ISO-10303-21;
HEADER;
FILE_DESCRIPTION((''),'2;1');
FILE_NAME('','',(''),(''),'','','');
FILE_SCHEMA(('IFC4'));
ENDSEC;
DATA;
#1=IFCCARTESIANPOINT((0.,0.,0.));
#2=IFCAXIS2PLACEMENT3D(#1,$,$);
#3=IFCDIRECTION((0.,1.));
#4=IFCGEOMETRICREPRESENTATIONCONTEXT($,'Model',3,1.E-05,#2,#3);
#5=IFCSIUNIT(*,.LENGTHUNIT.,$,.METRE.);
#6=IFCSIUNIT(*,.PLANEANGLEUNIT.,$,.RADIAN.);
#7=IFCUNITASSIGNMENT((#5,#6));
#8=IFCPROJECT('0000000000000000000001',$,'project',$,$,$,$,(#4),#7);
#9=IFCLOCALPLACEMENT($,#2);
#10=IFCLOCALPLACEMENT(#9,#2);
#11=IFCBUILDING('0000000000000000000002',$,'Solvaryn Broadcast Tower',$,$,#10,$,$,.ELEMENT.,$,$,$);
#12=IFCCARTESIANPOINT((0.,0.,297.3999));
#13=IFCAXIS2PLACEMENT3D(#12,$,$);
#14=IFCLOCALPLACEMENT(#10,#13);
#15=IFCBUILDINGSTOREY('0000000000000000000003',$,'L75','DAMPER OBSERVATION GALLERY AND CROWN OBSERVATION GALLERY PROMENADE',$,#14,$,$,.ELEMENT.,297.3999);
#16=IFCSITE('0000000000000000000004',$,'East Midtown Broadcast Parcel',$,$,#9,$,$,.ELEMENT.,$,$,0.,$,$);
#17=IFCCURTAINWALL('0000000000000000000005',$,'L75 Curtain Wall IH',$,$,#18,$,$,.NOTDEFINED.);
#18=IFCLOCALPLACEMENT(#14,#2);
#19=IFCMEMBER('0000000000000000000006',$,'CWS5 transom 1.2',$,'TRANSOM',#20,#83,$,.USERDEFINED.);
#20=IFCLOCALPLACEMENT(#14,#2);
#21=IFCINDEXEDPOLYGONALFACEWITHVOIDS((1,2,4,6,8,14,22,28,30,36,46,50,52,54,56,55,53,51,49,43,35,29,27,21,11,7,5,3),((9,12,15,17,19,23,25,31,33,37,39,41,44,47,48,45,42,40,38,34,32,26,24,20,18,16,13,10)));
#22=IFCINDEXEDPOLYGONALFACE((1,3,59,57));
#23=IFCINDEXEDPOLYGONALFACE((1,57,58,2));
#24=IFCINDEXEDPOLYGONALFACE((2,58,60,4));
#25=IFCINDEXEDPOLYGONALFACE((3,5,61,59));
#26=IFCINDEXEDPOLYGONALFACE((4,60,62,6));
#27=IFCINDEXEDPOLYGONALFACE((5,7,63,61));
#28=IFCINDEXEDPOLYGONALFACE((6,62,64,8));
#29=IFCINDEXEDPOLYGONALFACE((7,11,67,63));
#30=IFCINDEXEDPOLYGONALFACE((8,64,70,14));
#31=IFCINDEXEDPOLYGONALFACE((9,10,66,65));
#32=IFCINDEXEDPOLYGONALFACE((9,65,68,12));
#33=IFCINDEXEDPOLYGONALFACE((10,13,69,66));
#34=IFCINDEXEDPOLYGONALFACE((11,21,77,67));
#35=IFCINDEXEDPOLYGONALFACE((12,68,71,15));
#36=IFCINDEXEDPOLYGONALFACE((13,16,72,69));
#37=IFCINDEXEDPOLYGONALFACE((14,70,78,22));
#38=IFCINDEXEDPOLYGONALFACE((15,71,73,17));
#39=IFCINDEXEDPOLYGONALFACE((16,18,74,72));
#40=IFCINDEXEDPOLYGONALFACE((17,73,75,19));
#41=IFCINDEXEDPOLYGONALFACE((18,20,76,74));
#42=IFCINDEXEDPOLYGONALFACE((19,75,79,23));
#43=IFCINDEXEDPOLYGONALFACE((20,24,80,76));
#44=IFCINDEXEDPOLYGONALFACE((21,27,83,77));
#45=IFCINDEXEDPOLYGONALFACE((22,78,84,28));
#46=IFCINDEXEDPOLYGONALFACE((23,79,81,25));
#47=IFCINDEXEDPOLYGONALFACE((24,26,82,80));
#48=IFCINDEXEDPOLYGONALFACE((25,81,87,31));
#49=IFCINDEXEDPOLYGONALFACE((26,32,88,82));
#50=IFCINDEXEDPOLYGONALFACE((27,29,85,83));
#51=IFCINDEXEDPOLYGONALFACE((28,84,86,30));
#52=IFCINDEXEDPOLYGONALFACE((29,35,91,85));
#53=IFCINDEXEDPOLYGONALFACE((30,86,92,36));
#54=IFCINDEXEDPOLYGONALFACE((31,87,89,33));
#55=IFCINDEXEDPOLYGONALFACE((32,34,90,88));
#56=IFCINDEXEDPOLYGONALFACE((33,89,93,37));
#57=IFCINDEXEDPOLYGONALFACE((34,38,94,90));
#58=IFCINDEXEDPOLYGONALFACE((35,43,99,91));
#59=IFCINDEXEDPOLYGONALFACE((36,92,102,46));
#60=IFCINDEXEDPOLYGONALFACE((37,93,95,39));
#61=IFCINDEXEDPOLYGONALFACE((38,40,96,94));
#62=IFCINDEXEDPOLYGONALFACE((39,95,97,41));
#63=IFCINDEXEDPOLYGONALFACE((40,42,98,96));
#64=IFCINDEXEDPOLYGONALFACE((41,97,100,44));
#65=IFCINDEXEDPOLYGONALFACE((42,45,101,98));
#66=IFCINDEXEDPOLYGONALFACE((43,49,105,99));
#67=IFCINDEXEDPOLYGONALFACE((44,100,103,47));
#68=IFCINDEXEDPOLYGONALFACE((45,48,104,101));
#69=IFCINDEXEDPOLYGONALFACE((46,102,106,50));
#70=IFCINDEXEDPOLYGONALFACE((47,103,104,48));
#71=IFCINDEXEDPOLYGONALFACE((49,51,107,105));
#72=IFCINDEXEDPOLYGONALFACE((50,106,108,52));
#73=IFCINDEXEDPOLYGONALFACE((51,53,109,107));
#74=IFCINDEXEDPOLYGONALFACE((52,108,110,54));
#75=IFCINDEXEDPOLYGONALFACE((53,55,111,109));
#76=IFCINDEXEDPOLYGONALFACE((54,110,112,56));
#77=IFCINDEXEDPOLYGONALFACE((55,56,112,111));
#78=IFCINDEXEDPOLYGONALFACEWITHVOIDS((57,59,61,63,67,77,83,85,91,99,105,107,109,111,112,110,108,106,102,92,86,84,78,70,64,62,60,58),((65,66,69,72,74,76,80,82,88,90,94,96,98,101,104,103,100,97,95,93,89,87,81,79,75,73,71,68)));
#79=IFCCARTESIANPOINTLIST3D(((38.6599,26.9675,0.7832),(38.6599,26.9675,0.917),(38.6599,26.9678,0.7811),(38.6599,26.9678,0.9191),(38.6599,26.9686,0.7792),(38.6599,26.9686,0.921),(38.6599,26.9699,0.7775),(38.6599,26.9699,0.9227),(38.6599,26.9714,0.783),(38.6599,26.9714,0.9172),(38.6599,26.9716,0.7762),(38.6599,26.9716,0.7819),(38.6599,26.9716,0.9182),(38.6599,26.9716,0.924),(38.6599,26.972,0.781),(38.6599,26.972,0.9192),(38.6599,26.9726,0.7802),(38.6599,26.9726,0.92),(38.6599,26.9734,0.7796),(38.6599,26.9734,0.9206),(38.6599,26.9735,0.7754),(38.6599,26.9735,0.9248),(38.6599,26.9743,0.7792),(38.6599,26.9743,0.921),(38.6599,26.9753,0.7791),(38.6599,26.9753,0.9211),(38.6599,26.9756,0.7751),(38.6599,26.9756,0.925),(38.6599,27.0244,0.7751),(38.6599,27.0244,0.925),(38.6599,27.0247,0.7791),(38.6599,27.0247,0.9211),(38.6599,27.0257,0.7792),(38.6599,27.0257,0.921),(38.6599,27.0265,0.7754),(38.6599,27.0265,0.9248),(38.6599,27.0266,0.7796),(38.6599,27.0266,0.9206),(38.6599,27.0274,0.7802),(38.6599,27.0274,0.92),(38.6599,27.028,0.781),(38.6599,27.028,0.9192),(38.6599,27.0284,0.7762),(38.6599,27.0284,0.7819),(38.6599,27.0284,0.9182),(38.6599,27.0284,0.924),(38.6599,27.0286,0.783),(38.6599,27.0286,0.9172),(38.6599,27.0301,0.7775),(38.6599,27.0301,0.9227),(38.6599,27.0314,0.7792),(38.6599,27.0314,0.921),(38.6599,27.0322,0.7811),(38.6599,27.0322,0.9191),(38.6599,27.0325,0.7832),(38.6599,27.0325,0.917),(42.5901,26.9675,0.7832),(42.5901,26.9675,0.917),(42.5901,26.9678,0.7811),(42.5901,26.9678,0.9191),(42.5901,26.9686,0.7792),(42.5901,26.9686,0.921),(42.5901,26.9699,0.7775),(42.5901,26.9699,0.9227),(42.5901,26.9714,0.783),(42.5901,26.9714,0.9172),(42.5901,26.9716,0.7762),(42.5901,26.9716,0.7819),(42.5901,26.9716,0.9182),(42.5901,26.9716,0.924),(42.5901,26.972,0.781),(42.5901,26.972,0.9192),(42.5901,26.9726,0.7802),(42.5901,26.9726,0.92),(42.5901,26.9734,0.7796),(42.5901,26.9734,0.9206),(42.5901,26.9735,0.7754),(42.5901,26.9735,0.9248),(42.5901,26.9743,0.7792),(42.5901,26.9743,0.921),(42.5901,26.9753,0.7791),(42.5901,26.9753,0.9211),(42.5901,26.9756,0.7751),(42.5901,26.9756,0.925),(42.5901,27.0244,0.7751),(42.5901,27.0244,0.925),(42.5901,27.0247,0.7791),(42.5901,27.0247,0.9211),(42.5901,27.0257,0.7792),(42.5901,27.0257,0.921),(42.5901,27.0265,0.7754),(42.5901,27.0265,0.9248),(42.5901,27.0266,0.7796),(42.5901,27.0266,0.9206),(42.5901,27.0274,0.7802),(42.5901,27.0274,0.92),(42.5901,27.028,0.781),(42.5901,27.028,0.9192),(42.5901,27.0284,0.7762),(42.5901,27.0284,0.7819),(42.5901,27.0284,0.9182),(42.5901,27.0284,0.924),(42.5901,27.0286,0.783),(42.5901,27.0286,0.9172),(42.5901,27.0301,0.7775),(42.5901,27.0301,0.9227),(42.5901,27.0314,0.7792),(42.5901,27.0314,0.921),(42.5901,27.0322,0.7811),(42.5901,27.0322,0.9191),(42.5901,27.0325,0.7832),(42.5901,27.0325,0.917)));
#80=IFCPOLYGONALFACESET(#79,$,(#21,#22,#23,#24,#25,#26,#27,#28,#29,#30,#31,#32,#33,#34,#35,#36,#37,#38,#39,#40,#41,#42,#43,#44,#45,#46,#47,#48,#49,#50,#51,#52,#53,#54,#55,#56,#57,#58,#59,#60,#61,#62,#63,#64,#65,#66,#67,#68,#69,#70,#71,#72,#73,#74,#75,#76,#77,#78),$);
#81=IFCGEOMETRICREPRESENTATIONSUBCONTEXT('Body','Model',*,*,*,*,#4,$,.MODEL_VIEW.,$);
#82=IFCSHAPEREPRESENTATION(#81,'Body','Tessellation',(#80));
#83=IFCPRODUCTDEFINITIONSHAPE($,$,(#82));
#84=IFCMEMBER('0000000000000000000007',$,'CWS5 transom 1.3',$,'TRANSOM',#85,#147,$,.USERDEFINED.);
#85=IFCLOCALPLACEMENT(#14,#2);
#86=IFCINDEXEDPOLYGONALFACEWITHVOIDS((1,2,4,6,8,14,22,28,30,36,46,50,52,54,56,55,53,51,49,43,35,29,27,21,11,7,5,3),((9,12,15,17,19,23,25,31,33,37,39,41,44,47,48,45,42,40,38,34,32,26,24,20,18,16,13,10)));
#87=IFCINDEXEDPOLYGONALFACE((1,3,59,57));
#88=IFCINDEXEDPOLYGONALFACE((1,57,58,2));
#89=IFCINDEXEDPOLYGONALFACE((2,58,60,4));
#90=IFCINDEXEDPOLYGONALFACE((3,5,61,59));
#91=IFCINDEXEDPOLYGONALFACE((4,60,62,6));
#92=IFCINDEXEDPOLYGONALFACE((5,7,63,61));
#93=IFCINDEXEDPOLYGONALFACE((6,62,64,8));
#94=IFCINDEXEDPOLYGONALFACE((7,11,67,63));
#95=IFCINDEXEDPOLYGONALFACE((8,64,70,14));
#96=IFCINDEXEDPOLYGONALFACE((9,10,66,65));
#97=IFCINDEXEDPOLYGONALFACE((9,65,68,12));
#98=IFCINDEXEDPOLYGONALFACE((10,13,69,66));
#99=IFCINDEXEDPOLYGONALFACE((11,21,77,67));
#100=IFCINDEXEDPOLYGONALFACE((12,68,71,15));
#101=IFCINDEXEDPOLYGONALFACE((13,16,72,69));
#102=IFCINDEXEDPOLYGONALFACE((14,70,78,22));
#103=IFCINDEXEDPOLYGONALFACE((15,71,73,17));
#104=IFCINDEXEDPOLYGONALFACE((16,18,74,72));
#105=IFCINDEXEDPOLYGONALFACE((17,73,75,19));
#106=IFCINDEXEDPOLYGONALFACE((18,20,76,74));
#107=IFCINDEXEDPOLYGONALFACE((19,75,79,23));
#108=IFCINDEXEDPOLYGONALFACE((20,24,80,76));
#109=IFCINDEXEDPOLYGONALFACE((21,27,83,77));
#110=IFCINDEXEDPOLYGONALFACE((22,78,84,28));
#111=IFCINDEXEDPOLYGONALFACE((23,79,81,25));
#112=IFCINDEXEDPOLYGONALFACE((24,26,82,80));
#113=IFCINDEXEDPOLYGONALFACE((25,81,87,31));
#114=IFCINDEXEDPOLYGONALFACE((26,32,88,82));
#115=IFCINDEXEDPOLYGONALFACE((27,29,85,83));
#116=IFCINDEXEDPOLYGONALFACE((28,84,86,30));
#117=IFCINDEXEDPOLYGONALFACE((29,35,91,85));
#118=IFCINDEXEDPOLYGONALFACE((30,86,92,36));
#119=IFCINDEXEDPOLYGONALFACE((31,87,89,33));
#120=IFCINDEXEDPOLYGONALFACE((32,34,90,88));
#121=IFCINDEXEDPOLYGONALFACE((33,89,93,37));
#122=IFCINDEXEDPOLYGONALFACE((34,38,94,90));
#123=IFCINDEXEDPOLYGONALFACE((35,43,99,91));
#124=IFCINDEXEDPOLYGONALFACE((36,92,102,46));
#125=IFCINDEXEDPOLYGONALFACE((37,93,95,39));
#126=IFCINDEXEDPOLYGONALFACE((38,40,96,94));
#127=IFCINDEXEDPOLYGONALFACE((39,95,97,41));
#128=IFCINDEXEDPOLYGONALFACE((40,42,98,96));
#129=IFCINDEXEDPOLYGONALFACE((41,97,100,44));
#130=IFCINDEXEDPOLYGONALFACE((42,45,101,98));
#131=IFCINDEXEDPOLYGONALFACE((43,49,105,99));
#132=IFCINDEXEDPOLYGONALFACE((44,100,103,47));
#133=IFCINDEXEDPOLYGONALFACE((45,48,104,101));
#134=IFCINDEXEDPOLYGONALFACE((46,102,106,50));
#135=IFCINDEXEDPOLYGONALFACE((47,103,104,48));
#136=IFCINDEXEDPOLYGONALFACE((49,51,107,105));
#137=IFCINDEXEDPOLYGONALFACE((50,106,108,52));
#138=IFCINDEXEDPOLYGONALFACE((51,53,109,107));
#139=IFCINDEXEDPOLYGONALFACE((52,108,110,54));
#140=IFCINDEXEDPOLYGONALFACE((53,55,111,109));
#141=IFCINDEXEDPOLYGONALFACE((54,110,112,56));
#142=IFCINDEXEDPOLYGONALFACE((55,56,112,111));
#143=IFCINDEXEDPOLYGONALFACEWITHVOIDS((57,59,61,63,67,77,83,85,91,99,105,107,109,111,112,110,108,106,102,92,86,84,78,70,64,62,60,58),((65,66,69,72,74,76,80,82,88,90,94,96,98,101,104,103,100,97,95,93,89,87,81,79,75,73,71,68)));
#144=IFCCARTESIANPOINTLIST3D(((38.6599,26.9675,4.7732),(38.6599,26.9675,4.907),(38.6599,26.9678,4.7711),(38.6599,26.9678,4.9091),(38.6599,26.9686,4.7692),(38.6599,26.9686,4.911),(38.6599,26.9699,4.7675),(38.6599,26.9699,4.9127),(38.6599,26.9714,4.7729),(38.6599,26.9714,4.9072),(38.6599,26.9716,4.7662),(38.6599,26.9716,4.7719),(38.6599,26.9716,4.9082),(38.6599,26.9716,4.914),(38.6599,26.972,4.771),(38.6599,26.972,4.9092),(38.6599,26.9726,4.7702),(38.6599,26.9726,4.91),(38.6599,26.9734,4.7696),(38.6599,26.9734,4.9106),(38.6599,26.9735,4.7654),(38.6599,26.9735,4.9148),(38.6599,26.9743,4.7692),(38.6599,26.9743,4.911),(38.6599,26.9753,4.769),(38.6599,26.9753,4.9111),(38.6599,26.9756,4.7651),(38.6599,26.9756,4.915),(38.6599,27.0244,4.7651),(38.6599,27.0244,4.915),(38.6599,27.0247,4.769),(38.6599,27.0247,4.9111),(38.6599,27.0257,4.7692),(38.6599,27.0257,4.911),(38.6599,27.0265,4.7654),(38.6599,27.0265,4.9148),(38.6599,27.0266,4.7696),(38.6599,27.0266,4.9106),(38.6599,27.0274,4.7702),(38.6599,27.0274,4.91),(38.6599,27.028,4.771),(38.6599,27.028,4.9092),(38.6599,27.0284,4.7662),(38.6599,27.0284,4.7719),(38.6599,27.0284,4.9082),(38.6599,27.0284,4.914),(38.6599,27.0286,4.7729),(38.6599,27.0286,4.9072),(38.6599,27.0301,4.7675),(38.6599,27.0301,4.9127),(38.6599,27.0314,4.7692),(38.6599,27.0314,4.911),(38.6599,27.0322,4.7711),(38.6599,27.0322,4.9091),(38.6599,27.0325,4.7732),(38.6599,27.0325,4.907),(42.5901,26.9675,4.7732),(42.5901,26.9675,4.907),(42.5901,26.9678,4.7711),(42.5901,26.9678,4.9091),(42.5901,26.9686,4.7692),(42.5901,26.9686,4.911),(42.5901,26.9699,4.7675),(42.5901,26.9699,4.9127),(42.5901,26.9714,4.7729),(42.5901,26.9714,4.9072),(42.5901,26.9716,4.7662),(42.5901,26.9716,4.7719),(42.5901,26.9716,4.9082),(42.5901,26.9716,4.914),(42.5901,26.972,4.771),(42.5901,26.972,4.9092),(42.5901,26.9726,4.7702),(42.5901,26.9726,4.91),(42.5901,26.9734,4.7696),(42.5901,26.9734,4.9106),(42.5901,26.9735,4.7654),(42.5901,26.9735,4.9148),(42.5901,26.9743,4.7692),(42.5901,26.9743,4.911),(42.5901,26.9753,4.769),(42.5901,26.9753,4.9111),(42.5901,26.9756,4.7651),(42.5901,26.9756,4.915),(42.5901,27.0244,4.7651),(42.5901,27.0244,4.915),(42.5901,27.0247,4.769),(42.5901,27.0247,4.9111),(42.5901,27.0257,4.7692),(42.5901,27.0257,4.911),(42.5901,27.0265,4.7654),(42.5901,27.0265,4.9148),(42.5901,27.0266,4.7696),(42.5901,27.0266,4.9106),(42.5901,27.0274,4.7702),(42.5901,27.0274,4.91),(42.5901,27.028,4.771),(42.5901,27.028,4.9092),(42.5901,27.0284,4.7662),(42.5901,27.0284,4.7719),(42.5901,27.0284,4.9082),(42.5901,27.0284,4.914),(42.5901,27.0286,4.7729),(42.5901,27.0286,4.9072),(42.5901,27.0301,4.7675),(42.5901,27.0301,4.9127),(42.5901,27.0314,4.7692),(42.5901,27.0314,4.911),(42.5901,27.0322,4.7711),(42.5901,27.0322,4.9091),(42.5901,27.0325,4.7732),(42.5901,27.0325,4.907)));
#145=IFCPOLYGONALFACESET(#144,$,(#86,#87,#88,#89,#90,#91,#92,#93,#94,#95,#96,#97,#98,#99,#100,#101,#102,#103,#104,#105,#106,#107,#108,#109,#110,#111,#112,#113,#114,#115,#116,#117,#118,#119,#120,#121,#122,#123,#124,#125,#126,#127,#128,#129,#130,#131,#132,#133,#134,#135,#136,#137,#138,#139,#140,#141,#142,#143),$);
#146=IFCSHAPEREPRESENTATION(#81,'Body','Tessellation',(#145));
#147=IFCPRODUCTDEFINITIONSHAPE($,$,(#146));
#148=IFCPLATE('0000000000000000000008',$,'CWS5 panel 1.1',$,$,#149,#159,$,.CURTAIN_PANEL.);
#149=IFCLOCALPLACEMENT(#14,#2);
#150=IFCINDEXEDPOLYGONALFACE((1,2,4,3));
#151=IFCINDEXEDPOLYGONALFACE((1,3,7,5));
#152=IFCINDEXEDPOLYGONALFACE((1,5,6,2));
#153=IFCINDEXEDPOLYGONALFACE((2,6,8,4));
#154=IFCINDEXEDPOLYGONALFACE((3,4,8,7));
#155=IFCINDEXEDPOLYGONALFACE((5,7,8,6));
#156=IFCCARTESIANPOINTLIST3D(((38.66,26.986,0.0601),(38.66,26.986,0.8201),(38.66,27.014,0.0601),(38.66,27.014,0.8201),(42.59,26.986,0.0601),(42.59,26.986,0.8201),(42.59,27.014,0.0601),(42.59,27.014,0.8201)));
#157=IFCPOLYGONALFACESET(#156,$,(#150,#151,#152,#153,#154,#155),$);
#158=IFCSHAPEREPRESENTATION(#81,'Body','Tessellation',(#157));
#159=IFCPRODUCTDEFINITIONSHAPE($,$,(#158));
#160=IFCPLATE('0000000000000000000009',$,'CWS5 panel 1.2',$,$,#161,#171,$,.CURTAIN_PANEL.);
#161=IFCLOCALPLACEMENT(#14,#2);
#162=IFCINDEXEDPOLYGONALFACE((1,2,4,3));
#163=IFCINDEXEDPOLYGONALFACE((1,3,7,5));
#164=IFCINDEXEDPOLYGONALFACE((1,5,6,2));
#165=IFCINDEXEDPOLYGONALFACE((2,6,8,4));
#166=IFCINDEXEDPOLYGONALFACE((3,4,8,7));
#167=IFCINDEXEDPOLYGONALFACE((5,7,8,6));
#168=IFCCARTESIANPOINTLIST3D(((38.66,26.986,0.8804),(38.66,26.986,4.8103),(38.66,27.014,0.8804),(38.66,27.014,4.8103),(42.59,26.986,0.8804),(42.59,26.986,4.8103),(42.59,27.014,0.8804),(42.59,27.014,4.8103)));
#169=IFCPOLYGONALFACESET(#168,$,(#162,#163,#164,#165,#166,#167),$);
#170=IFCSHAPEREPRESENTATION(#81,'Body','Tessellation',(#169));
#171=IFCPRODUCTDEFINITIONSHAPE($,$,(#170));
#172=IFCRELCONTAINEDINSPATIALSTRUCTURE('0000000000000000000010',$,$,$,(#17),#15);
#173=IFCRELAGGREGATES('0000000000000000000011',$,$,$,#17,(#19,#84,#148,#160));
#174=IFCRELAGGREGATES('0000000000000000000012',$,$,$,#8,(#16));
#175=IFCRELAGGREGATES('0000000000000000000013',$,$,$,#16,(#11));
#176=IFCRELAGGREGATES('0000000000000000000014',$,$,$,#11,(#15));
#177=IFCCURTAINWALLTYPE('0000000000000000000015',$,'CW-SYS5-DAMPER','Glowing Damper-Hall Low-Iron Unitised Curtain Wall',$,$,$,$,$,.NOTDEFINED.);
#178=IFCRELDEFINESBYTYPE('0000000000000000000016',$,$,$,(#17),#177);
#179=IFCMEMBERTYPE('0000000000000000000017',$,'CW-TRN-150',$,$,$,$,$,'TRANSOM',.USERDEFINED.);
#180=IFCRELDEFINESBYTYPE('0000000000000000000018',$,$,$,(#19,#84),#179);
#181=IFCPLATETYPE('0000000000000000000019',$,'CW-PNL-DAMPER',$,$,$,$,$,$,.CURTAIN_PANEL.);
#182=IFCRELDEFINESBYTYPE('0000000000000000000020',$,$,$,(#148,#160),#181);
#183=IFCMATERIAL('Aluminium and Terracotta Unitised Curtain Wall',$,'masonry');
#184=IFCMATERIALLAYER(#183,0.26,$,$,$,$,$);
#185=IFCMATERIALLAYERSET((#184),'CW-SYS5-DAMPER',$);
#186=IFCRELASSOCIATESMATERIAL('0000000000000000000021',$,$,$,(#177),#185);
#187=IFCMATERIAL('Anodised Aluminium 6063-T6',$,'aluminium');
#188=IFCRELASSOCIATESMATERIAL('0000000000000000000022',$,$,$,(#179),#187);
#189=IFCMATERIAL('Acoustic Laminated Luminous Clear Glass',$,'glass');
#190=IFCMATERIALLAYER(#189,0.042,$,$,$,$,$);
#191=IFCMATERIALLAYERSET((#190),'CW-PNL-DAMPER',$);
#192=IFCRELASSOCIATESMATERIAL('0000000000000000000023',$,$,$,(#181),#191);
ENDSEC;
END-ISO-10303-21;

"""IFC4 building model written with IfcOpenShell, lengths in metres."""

from ifc_helpers import new_model, si_unit, direction, frame, origin, origin_2d, place, context, subcontext, project, spatial, rectangle, hollow_rectangle, extrude, material, layer, layer_set, material_profile, profile_set, type_object, element, aggregate, save


model = new_model("IFC4")

# Units and contexts
model_context = context("Model", 3, precision=1e-05, world=origin(), true_north=direction((0.0, 1.0)))
body_context = subcontext(model_context, "Body", "Model", "MODEL_VIEW")
ifc_project = project(units=[si_unit("LENGTHUNIT", "METRE"), si_unit("PLANEANGLEUNIT", "RADIAN")], contexts=[model_context])

# Site, building, storey
site_placement = place(None, origin())
site = spatial("IfcSite", under=ifc_project, at=site_placement, Name="East Midtown Broadcast Parcel", CompositionType="ELEMENT", RefElevation=0.0)
building_placement = place(site_placement, origin())
building = spatial("IfcBuilding", under=site, at=building_placement, Name="Solvaryn Broadcast Tower", CompositionType="ELEMENT")
storey_placement = place(building_placement, frame((0.0, 0.0, 297.3999)))
storey = spatial("IfcBuildingStorey", under=building, at=storey_placement, Name="L75", Description="DAMPER OBSERVATION GALLERY AND CROWN OBSERVATION GALLERY PROMENADE", CompositionType="ELEMENT", Elevation=297.3999)

# Shared definitions
ifc_material_1 = material(Name="Aluminium and Terracotta Unitised Curtain Wall", Category="masonry")
ifc_layer_1 = layer(ifc_material_1, 0.26)
ifc_layer_set_1 = layer_set([ifc_layer_1], Name="CW-SYS5-DAMPER")
curtain_wall_type = type_object("IfcCurtainWallType", Name="CW-SYS5-DAMPER", Description="Glowing Damper-Hall Low-Iron Unitised Curtain Wall", PredefinedType="NOTDEFINED", material=ifc_layer_set_1)

# Curtain wall
curtain_wall_1_placement = place(storey_placement, origin())
curtain_wall_1 = element("IfcCurtainWall", 1, at=curtain_wall_1_placement, inside=storey, type_object=curtain_wall_type, Name="L75 Curtain Wall IH", PredefinedType="NOTDEFINED")

# Members
ifc_material_2 = material(Name="Anodised Aluminium 6063-T6", Category="aluminium")
ifc_material_profile_1 = material_profile(ifc_material_2, hollow_rectangle(XDim=0.0649, YDim=0.1499, WallThickness=0.0039, InnerFilletRadius=0.0039, OuterFilletRadius=0.0081, at=origin_2d()))
ifc_profile_set_1 = profile_set([ifc_material_profile_1], Name="Anodised Aluminium 6063-T6")
member_type_1 = type_object("IfcMemberType", Name="CW-TRN-150", ElementType="TRANSOM", PredefinedType="USERDEFINED", material=ifc_profile_set_1)
member_1_placement = place(storey_placement, frame((38.6599, 27.0, 0.8501), z_axis=(1.0, 0.0, 0.0), x_axis=(0.0, 1.0, 0.0)))
member_1 = element("IfcMember", 2, at=member_1_placement, type_object=member_type_1, Name="CWS5 transom 1.2", ObjectType="TRANSOM", PredefinedType="USERDEFINED", context=body_context, shape_type="SweptSolid", body=[
    extrude(hollow_rectangle(XDim=0.0649, YDim=0.1499, WallThickness=0.0039, InnerFilletRadius=0.0039, OuterFilletRadius=0.0081, at=origin_2d()), origin(), (0.0, 0.0, 1.0), 3.9302),
])
member_2_placement = place(storey_placement, frame((38.6599, 27.0, 4.8401), z_axis=(1.0, 0.0, 0.0), x_axis=(0.0, 1.0, 0.0)))
member_2 = element("IfcMember", 3, at=member_2_placement, type_object=member_type_1, Name="CWS5 transom 1.3", ObjectType="TRANSOM", PredefinedType="USERDEFINED", context=body_context, shape_type="SweptSolid", body=[
    extrude(hollow_rectangle(XDim=0.0649, YDim=0.1499, WallThickness=0.0039, InnerFilletRadius=0.0039, OuterFilletRadius=0.0081, at=origin_2d()), origin(), (0.0, 0.0, 1.0), 3.9302),
])

# Plates
ifc_material_3 = material(Name="Acoustic Laminated Luminous Clear Glass", Category="glass")
ifc_layer_2 = layer(ifc_material_3, 0.042)
ifc_layer_set_2 = layer_set([ifc_layer_2], Name="CW-PNL-DAMPER")
plate_type = type_object("IfcPlateType", Name="CW-PNL-DAMPER", PredefinedType="CURTAIN_PANEL", material=ifc_layer_set_2)
plate_1_placement = place(storey_placement, frame((40.625, 27.0, 0.0601), z_axis=(0.0, 0.0, 1.0), x_axis=(1.0, 0.0, 0.0)))
plate_1 = element("IfcPlate", 4, at=plate_1_placement, type_object=plate_type, Name="CWS5 panel 1.1", PredefinedType="CURTAIN_PANEL", context=body_context, shape_type="SweptSolid", body=[
    extrude(rectangle(XDim=3.9299, YDim=0.0281, at=origin_2d()), origin(), (0.0, 0.0, 1.0), 0.76),
])
plate_2_placement = place(storey_placement, frame((40.625, 27.0, 0.8804), z_axis=(0.0, 0.0, 1.0), x_axis=(1.0, 0.0, 0.0)))
plate_2 = element("IfcPlate", 5, at=plate_2_placement, type_object=plate_type, Name="CWS5 panel 1.2", PredefinedType="CURTAIN_PANEL", context=body_context, shape_type="SweptSolid", body=[
    extrude(rectangle(XDim=3.9299, YDim=0.0281, at=origin_2d()), origin(), (0.0, 0.0, 1.0), 3.9299),
])
aggregate(curtain_wall_1, [member_1, member_2, plate_1, plate_2])

save(model, "model.ifc")
